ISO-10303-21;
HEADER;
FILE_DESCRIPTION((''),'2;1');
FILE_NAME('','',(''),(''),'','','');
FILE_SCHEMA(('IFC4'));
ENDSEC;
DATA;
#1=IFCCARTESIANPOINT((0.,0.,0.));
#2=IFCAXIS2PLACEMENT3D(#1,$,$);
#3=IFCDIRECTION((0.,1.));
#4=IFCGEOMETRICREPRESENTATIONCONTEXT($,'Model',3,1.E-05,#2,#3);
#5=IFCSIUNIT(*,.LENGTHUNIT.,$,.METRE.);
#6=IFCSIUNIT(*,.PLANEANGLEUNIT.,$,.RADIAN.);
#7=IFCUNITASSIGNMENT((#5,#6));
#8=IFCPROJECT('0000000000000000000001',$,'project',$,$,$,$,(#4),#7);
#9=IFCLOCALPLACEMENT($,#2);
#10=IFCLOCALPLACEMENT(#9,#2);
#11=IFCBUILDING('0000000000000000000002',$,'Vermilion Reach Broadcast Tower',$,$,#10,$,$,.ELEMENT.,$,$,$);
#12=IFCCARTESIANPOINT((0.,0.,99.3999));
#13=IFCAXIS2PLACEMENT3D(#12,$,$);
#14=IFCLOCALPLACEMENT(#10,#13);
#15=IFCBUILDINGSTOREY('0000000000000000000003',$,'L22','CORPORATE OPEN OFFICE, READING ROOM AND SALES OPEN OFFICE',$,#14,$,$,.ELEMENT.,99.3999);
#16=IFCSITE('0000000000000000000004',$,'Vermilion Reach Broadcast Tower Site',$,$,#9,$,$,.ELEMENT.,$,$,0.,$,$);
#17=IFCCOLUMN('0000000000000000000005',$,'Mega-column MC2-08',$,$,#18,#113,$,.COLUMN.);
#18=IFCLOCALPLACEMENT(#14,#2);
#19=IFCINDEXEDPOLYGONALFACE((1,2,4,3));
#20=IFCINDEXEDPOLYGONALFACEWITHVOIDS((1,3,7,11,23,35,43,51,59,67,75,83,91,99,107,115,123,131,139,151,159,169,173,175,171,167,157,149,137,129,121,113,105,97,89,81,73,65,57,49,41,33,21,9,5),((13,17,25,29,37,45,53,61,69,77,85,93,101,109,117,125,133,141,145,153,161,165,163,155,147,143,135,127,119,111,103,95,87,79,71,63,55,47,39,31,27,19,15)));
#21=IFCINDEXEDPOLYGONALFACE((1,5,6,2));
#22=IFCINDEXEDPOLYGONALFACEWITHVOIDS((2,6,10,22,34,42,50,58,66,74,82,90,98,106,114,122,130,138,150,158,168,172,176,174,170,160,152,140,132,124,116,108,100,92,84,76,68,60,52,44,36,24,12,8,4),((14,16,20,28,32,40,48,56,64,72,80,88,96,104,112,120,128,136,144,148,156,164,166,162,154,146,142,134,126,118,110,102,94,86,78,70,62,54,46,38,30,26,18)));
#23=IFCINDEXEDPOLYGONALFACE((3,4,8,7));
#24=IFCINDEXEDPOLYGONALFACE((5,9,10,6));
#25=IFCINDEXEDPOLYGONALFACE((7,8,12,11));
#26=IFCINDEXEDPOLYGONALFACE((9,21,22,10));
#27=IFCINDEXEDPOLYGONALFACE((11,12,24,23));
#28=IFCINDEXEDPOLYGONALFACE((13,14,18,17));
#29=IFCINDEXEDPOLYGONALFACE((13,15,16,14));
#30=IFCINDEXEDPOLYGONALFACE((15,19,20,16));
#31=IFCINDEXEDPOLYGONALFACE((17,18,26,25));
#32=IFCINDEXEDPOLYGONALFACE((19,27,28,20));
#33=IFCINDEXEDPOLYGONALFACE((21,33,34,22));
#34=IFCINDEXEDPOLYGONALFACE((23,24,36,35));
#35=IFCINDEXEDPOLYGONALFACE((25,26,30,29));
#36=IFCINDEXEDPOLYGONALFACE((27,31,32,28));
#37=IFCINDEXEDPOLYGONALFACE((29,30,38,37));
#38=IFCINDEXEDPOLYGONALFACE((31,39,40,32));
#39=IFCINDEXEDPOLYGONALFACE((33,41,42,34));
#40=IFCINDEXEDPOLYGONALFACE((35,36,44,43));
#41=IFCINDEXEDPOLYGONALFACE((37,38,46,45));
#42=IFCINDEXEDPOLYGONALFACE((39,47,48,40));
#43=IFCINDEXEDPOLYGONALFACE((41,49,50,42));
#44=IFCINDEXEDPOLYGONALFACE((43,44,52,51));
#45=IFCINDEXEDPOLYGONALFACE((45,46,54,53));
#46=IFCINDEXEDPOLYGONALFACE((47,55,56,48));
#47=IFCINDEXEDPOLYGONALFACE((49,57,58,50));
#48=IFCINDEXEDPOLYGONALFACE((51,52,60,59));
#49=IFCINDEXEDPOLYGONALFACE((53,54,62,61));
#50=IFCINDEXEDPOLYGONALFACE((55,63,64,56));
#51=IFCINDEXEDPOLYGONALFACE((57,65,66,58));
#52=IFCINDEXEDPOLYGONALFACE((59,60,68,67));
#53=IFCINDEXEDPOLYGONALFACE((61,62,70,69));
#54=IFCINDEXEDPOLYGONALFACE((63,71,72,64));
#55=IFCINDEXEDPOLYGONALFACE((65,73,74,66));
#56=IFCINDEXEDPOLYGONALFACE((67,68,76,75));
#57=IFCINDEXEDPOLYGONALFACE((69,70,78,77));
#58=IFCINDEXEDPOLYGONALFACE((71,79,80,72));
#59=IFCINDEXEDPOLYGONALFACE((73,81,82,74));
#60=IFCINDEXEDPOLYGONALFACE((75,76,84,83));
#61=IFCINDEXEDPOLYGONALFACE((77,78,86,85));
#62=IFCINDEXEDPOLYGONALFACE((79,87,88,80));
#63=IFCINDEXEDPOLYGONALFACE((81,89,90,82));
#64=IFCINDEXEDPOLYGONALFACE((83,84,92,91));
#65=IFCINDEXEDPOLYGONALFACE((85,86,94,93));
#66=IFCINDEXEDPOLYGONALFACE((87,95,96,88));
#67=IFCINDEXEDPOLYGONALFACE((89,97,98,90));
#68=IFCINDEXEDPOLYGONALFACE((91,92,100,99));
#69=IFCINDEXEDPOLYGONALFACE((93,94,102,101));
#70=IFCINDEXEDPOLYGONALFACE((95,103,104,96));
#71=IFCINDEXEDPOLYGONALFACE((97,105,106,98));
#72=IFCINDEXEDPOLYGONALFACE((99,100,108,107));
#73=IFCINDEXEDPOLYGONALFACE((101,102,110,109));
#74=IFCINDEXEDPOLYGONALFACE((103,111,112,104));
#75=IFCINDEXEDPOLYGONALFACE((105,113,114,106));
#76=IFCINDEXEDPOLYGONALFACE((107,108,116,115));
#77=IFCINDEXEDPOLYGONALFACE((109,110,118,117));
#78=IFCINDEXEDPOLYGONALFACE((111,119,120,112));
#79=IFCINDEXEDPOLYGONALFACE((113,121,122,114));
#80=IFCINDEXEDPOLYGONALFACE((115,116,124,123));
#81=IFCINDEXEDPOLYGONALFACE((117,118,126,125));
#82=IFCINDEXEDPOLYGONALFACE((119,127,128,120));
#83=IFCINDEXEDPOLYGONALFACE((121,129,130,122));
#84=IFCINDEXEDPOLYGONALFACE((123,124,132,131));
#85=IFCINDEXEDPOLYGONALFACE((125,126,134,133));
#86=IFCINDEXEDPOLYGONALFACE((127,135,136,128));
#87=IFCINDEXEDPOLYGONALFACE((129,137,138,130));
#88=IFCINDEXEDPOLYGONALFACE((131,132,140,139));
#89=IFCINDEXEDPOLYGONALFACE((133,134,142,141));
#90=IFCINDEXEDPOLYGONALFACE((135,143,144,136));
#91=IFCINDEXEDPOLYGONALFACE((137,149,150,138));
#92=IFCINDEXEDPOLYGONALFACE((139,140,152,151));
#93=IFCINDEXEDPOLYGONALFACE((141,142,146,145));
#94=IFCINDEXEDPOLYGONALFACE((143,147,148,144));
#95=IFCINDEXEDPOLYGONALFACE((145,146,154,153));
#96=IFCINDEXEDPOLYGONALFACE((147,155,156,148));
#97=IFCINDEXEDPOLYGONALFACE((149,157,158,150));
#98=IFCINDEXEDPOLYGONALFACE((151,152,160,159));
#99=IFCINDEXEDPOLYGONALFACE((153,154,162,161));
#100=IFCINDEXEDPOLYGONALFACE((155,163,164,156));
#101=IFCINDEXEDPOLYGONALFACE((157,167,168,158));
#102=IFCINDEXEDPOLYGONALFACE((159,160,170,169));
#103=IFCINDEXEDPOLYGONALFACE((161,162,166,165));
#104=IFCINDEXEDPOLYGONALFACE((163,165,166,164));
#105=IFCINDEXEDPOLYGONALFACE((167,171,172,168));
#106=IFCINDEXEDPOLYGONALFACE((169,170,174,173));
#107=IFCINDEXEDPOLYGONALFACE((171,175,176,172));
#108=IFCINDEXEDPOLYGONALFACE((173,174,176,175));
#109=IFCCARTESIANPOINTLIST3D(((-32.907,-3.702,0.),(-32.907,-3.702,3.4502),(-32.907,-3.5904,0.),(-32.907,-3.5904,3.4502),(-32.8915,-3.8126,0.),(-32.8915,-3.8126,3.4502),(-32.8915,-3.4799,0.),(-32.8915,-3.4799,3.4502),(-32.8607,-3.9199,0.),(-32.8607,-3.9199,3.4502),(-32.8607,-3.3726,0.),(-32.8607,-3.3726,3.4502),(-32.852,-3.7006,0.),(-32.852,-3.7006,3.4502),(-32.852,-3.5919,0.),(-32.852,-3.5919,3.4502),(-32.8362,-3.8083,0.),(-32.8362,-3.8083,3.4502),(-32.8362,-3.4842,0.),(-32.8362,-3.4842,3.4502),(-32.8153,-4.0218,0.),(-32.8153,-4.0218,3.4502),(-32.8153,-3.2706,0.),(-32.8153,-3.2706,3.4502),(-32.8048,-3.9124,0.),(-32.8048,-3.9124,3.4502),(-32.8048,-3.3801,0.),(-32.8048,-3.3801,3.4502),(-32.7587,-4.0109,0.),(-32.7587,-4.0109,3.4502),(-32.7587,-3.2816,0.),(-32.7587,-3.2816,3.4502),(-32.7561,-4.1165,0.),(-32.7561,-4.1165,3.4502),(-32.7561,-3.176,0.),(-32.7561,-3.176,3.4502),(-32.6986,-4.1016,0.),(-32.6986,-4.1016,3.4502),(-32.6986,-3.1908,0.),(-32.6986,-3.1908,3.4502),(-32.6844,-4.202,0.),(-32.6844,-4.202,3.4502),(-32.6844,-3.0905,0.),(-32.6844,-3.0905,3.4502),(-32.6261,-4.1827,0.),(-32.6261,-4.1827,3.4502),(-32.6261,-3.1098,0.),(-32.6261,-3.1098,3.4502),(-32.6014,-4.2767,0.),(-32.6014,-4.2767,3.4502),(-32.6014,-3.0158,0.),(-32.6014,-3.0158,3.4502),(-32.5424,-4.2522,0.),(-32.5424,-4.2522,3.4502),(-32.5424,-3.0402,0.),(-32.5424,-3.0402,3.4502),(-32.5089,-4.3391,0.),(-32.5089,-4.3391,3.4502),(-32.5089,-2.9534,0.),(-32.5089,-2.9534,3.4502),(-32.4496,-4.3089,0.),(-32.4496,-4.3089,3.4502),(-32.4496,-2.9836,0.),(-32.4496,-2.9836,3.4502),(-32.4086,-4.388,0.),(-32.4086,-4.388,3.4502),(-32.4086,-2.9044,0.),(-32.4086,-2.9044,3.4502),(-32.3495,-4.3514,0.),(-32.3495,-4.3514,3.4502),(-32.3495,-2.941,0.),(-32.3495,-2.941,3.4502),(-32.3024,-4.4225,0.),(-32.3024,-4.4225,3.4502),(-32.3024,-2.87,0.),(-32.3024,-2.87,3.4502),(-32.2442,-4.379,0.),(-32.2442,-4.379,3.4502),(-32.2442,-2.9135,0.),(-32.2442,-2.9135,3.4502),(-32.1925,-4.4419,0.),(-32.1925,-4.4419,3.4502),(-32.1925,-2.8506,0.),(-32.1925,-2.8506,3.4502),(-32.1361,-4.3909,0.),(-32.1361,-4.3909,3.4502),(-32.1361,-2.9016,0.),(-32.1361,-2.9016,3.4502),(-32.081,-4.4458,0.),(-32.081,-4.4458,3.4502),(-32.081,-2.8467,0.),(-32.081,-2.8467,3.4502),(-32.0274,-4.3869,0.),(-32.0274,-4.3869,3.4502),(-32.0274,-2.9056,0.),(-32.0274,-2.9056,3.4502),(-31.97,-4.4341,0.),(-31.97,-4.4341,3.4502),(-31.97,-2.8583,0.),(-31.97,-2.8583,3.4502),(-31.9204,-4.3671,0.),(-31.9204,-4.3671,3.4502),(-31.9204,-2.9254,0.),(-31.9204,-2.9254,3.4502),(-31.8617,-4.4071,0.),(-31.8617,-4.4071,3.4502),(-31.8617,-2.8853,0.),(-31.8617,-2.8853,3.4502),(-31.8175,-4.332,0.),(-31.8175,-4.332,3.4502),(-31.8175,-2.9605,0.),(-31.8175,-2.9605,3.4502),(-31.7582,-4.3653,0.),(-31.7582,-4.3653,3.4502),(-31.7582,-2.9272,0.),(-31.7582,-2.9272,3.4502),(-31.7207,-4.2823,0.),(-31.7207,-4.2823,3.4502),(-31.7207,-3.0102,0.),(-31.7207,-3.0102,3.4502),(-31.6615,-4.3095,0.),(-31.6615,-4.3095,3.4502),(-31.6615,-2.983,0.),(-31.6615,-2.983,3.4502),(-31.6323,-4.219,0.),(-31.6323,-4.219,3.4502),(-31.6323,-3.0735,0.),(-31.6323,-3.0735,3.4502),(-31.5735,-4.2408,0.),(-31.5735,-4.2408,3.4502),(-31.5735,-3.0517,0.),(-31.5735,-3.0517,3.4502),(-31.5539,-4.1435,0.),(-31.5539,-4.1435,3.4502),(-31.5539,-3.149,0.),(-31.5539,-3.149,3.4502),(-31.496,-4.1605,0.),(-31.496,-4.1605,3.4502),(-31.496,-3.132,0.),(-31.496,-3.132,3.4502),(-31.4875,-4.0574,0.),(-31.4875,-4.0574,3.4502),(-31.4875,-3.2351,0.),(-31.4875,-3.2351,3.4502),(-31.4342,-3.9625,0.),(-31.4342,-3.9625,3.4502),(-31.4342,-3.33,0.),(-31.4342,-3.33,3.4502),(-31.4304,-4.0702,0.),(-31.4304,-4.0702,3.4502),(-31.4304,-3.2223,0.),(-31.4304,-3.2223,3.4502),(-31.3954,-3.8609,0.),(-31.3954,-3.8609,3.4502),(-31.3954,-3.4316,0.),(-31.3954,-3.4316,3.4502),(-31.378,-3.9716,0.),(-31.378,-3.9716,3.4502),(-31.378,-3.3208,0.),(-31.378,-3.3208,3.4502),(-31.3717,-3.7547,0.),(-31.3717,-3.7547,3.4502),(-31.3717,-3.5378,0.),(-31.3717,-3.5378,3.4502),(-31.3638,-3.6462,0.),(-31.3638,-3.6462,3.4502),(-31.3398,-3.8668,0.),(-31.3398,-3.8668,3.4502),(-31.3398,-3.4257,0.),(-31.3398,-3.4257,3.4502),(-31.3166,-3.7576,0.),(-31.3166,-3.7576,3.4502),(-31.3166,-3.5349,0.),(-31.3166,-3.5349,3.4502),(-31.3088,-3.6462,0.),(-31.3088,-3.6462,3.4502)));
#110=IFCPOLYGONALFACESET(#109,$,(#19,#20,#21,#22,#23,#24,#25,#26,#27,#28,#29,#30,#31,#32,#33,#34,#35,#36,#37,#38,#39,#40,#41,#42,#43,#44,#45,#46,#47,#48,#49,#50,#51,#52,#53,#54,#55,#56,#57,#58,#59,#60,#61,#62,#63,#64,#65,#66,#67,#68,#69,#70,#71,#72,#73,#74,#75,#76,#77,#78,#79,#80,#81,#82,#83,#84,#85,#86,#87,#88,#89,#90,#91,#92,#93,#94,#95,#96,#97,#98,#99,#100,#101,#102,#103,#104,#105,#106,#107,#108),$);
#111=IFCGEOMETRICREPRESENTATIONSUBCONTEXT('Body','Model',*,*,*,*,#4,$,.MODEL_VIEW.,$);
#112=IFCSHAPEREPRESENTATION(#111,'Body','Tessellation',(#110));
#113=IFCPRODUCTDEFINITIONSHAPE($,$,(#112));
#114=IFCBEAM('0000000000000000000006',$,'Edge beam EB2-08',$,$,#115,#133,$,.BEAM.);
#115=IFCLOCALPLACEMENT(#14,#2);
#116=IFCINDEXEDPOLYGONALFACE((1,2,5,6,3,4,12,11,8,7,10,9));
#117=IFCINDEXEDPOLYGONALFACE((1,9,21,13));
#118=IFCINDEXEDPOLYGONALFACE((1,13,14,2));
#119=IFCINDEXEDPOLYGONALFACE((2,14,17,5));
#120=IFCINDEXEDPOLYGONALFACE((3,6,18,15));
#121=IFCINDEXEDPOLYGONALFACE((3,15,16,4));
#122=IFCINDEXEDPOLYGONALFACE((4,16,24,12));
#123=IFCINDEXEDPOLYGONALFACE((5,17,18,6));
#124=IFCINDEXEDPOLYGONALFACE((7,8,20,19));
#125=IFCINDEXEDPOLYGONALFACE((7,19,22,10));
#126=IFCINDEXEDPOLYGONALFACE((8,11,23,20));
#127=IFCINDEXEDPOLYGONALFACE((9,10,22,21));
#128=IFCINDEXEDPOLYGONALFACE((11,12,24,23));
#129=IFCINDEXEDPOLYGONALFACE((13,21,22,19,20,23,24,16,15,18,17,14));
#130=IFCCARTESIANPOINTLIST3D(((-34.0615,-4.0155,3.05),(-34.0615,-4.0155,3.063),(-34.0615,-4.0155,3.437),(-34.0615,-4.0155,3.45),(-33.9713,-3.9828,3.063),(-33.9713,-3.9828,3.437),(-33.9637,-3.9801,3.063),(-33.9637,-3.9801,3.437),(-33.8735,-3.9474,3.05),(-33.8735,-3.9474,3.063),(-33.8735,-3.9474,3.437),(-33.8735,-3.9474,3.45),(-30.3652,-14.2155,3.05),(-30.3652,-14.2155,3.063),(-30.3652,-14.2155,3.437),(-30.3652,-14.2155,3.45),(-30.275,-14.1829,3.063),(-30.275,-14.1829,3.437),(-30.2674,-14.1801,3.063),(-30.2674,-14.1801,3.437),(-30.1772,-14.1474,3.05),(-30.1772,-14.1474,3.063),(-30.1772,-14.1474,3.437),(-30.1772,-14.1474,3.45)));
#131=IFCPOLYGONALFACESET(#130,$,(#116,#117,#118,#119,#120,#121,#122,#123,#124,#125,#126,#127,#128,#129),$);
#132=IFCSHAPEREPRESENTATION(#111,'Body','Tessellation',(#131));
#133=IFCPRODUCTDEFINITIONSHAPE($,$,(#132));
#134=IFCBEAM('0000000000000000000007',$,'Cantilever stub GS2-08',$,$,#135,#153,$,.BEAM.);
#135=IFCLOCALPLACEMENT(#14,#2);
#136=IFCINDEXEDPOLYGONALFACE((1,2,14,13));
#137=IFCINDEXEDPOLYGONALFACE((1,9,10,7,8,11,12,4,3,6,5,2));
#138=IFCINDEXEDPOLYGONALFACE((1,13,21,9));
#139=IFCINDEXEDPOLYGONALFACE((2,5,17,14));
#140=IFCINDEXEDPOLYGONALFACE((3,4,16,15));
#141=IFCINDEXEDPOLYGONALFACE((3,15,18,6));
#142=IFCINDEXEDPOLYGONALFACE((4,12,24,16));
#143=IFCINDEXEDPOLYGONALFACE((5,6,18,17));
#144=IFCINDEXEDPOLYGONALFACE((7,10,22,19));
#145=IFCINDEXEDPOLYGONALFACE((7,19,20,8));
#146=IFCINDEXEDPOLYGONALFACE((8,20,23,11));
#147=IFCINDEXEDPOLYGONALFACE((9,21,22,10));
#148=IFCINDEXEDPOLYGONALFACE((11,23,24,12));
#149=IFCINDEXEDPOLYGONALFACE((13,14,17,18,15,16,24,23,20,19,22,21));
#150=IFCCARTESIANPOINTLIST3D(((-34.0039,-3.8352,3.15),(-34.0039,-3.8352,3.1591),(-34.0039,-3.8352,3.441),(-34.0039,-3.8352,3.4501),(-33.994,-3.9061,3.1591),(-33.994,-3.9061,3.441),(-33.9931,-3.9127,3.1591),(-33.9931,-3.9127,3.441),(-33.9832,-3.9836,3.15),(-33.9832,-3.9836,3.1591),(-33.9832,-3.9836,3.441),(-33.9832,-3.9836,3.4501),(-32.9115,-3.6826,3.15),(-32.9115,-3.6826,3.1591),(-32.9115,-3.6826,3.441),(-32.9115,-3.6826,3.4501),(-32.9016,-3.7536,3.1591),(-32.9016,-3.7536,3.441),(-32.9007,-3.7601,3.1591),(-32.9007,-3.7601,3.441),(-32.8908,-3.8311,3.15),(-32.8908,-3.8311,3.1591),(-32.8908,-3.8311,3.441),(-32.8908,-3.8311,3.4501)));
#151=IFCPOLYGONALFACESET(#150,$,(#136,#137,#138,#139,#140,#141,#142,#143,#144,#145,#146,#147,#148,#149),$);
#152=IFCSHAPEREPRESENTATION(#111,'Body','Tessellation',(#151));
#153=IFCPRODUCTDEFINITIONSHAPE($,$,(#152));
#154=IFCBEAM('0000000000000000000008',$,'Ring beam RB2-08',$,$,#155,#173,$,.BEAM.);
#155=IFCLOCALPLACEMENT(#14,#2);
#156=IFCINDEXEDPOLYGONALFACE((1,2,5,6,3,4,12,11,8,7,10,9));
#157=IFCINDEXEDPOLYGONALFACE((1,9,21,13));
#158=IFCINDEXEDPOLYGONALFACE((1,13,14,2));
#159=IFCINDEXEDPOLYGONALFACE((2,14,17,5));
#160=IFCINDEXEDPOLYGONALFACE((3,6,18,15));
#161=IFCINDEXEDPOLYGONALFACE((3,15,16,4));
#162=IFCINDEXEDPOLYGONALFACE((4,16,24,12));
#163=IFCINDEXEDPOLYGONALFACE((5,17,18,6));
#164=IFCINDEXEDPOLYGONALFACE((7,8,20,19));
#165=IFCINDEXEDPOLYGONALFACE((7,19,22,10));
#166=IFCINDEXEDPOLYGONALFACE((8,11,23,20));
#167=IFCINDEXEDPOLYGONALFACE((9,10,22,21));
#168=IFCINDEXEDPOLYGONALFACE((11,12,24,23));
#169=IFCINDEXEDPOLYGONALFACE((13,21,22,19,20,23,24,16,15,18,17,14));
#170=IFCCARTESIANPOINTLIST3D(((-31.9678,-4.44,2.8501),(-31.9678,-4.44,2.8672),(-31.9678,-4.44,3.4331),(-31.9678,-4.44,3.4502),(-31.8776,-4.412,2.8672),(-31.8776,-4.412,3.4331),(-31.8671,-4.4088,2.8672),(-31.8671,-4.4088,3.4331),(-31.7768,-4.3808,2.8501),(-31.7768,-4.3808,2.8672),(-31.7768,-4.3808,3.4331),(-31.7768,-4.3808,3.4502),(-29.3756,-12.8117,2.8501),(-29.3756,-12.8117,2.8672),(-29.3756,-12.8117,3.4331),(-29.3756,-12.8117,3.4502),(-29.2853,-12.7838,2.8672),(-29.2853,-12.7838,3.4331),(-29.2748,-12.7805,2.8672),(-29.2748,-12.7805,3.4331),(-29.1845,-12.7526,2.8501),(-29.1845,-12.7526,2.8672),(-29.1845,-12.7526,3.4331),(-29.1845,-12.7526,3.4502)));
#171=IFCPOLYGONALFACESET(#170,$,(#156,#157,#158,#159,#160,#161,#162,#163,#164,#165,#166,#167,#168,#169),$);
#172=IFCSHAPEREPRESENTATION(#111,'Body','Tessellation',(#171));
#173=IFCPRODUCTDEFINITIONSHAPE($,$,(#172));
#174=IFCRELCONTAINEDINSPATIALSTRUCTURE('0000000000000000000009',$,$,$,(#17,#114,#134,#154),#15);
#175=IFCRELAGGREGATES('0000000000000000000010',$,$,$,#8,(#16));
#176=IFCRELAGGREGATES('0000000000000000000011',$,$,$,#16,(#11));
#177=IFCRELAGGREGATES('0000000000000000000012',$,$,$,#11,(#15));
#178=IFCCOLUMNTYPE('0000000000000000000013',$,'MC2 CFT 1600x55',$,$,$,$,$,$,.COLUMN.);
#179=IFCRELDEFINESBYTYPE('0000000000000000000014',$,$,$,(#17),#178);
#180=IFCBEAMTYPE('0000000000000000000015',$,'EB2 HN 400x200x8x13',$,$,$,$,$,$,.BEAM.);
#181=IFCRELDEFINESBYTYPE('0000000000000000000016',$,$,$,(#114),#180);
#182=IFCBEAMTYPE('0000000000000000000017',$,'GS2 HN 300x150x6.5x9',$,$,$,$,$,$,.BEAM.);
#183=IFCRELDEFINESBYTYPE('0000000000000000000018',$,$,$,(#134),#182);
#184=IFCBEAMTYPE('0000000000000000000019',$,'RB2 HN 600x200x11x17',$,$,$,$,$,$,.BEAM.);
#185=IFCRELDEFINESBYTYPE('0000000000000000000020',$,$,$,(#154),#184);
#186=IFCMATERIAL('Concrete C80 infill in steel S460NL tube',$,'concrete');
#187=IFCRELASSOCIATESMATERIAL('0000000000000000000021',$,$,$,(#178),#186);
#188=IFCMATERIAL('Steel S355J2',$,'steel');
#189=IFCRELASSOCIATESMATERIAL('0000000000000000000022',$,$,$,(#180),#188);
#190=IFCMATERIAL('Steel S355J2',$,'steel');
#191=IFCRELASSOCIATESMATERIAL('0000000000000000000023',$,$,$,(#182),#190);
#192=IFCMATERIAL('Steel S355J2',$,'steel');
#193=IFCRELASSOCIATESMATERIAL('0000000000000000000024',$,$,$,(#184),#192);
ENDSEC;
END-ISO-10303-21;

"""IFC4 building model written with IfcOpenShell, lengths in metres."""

from ifc_helpers import new_model, si_unit, direction, frame, origin, origin_2d, place, context, subcontext, project, spatial, hollow_circle, i_section, extrude, material, material_profile, profile_set, type_object, element, save


model = new_model("IFC4")

# Units and contexts
model_context = context("Model", 3, precision=1e-05, world=origin(), true_north=direction((0.0, 1.0)))
body_context = subcontext(model_context, "Body", "Model", "MODEL_VIEW")
ifc_project = project(units=[si_unit("LENGTHUNIT", "METRE"), si_unit("PLANEANGLEUNIT", "RADIAN")], contexts=[model_context])

# Site, building, storey
site_placement = place(None, origin())
site = spatial("IfcSite", under=ifc_project, at=site_placement, Name="Vermilion Reach Broadcast Tower Site", CompositionType="ELEMENT", RefElevation=0.0)
building_placement = place(site_placement, origin())
building = spatial("IfcBuilding", under=site, at=building_placement, Name="Vermilion Reach Broadcast Tower", CompositionType="ELEMENT")
storey_placement = place(building_placement, frame((0.0, 0.0, 99.3999)))
storey = spatial("IfcBuildingStorey", under=building, at=storey_placement, Name="L22", Description="CORPORATE OPEN OFFICE, READING ROOM AND SALES OPEN OFFICE", CompositionType="ELEMENT", Elevation=99.3999)

# Column
ifc_material_1 = material(Name="Concrete C80 infill in steel S460NL tube", Category="concrete")
ifc_material_profile_1 = material_profile(ifc_material_1, hollow_circle(Radius=0.8, WallThickness=0.0549, at=origin_2d()), Name="Concrete C80 infill in steel S460NL tube CFT 1600x55")
ifc_profile_set_1 = profile_set([ifc_material_profile_1], Name="Concrete C80 infill in steel S460NL tube")
column_type = type_object("IfcColumnType", Name="MC2 CFT 1600x55", PredefinedType="COLUMN", material=ifc_profile_set_1)
column_placement = place(storey_placement, frame((-32.1089, -3.6462, 0.0), z_axis=(0.0, 0.0, 1.0), x_axis=(1.0, 0.0, 0.0)))
element("IfcColumn", 1, at=column_placement, inside=storey, type_object=column_type, Name="Mega-column MC2-08", PredefinedType="COLUMN", context=body_context, shape_type="SweptSolid", body=[
    extrude(hollow_circle(Radius=0.8, WallThickness=0.0549, at=origin_2d()), origin(), (0.0, 0.0, 1.0), 3.4502),
])

# Beams
ifc_material_2 = material(Name="Steel S355J2", Category="steel")
ifc_material_profile_2 = material_profile(ifc_material_2, i_section(OverallWidth=0.2, OverallDepth=0.3999, WebThickness=0.0081, FlangeThickness=0.0129, at=origin_2d()), Name="S355J2 HN 400x200x8x13")
ifc_profile_set_2 = profile_set([ifc_material_profile_2], Name="Steel S355J2")
beam_type_1 = type_object("IfcBeamType", Name="EB2 HN 400x200x8x13", PredefinedType="BEAM", material=ifc_profile_set_2)
beam_1_placement = place(storey_placement, frame((-33.9675, -3.9814, 3.25), z_axis=(0.340702, -0.940171, 0.0), x_axis=(0.940171, 0.340702, 0.0)))
element("IfcBeam", 2, at=beam_1_placement, inside=storey, type_object=beam_type_1, Name="Edge beam EB2-08", PredefinedType="BEAM", context=body_context, shape_type="SweptSolid", body=[
    extrude(i_section(OverallWidth=0.2, OverallDepth=0.3999, WebThickness=0.0081, FlangeThickness=0.0129, at=origin_2d()), origin(), (0.0, 0.0, 1.0), 10.8491),
])
ifc_material_3 = material(Name="Steel S355J2", Category="steel")
ifc_material_profile_3 = material_profile(ifc_material_3, i_section(OverallWidth=0.1499, OverallDepth=0.3, WebThickness=0.0066, FlangeThickness=0.009, at=origin_2d()), Name="S355J2 HN 300x150x6.5x9")
ifc_profile_set_3 = profile_set([ifc_material_profile_3], Name="Steel S355J2")
beam_type_2 = type_object("IfcBeamType", Name="GS2 HN 300x150x6.5x9", PredefinedType="BEAM", material=ifc_profile_set_3)
beam_2_placement = place(storey_placement, frame((-32.9011, -3.7568, 3.3), z_axis=(-0.990387, -0.138322, 0.0), x_axis=(0.138322, -0.990387, 0.0)))
element("IfcBeam", 3, at=beam_2_placement, inside=storey, type_object=beam_type_2, Name="Cantilever stub GS2-08", PredefinedType="BEAM", context=body_context, shape_type="SweptSolid", body=[
    extrude(i_section(OverallWidth=0.1499, OverallDepth=0.3, WebThickness=0.0066, FlangeThickness=0.009, at=origin_2d()), origin(), (0.0, 0.0, 1.0), 1.103),
])
ifc_material_4 = material(Name="Steel S355J2", Category="steel")
ifc_material_profile_4 = material_profile(ifc_material_4, i_section(OverallWidth=0.2, OverallDepth=0.6001, WebThickness=0.011, FlangeThickness=0.0171, at=origin_2d()), Name="S355J2 HN 600x200x11x17")
ifc_profile_set_4 = profile_set([ifc_material_profile_4], Name="Steel S355J2")
beam_type_3 = type_object("IfcBeamType", Name="RB2 HN 600x200x11x17", PredefinedType="BEAM", material=ifc_profile_set_4)
beam_3_placement = place(storey_placement, frame((-31.8723, -4.4104, 3.1501), z_axis=(0.295788, -0.955253, 0.0), x_axis=(0.955253, 0.295788, 0.0)))
element("IfcBeam", 4, at=beam_3_placement, inside=storey, type_object=beam_type_3, Name="Ring beam RB2-08", PredefinedType="BEAM", context=body_context, shape_type="SweptSolid", body=[
    extrude(i_section(OverallWidth=0.2, OverallDepth=0.6001, WebThickness=0.011, FlangeThickness=0.0171, at=origin_2d()), origin(), (0.0, 0.0, 1.0), 8.7639),
])

save(model, "model.ifc")
